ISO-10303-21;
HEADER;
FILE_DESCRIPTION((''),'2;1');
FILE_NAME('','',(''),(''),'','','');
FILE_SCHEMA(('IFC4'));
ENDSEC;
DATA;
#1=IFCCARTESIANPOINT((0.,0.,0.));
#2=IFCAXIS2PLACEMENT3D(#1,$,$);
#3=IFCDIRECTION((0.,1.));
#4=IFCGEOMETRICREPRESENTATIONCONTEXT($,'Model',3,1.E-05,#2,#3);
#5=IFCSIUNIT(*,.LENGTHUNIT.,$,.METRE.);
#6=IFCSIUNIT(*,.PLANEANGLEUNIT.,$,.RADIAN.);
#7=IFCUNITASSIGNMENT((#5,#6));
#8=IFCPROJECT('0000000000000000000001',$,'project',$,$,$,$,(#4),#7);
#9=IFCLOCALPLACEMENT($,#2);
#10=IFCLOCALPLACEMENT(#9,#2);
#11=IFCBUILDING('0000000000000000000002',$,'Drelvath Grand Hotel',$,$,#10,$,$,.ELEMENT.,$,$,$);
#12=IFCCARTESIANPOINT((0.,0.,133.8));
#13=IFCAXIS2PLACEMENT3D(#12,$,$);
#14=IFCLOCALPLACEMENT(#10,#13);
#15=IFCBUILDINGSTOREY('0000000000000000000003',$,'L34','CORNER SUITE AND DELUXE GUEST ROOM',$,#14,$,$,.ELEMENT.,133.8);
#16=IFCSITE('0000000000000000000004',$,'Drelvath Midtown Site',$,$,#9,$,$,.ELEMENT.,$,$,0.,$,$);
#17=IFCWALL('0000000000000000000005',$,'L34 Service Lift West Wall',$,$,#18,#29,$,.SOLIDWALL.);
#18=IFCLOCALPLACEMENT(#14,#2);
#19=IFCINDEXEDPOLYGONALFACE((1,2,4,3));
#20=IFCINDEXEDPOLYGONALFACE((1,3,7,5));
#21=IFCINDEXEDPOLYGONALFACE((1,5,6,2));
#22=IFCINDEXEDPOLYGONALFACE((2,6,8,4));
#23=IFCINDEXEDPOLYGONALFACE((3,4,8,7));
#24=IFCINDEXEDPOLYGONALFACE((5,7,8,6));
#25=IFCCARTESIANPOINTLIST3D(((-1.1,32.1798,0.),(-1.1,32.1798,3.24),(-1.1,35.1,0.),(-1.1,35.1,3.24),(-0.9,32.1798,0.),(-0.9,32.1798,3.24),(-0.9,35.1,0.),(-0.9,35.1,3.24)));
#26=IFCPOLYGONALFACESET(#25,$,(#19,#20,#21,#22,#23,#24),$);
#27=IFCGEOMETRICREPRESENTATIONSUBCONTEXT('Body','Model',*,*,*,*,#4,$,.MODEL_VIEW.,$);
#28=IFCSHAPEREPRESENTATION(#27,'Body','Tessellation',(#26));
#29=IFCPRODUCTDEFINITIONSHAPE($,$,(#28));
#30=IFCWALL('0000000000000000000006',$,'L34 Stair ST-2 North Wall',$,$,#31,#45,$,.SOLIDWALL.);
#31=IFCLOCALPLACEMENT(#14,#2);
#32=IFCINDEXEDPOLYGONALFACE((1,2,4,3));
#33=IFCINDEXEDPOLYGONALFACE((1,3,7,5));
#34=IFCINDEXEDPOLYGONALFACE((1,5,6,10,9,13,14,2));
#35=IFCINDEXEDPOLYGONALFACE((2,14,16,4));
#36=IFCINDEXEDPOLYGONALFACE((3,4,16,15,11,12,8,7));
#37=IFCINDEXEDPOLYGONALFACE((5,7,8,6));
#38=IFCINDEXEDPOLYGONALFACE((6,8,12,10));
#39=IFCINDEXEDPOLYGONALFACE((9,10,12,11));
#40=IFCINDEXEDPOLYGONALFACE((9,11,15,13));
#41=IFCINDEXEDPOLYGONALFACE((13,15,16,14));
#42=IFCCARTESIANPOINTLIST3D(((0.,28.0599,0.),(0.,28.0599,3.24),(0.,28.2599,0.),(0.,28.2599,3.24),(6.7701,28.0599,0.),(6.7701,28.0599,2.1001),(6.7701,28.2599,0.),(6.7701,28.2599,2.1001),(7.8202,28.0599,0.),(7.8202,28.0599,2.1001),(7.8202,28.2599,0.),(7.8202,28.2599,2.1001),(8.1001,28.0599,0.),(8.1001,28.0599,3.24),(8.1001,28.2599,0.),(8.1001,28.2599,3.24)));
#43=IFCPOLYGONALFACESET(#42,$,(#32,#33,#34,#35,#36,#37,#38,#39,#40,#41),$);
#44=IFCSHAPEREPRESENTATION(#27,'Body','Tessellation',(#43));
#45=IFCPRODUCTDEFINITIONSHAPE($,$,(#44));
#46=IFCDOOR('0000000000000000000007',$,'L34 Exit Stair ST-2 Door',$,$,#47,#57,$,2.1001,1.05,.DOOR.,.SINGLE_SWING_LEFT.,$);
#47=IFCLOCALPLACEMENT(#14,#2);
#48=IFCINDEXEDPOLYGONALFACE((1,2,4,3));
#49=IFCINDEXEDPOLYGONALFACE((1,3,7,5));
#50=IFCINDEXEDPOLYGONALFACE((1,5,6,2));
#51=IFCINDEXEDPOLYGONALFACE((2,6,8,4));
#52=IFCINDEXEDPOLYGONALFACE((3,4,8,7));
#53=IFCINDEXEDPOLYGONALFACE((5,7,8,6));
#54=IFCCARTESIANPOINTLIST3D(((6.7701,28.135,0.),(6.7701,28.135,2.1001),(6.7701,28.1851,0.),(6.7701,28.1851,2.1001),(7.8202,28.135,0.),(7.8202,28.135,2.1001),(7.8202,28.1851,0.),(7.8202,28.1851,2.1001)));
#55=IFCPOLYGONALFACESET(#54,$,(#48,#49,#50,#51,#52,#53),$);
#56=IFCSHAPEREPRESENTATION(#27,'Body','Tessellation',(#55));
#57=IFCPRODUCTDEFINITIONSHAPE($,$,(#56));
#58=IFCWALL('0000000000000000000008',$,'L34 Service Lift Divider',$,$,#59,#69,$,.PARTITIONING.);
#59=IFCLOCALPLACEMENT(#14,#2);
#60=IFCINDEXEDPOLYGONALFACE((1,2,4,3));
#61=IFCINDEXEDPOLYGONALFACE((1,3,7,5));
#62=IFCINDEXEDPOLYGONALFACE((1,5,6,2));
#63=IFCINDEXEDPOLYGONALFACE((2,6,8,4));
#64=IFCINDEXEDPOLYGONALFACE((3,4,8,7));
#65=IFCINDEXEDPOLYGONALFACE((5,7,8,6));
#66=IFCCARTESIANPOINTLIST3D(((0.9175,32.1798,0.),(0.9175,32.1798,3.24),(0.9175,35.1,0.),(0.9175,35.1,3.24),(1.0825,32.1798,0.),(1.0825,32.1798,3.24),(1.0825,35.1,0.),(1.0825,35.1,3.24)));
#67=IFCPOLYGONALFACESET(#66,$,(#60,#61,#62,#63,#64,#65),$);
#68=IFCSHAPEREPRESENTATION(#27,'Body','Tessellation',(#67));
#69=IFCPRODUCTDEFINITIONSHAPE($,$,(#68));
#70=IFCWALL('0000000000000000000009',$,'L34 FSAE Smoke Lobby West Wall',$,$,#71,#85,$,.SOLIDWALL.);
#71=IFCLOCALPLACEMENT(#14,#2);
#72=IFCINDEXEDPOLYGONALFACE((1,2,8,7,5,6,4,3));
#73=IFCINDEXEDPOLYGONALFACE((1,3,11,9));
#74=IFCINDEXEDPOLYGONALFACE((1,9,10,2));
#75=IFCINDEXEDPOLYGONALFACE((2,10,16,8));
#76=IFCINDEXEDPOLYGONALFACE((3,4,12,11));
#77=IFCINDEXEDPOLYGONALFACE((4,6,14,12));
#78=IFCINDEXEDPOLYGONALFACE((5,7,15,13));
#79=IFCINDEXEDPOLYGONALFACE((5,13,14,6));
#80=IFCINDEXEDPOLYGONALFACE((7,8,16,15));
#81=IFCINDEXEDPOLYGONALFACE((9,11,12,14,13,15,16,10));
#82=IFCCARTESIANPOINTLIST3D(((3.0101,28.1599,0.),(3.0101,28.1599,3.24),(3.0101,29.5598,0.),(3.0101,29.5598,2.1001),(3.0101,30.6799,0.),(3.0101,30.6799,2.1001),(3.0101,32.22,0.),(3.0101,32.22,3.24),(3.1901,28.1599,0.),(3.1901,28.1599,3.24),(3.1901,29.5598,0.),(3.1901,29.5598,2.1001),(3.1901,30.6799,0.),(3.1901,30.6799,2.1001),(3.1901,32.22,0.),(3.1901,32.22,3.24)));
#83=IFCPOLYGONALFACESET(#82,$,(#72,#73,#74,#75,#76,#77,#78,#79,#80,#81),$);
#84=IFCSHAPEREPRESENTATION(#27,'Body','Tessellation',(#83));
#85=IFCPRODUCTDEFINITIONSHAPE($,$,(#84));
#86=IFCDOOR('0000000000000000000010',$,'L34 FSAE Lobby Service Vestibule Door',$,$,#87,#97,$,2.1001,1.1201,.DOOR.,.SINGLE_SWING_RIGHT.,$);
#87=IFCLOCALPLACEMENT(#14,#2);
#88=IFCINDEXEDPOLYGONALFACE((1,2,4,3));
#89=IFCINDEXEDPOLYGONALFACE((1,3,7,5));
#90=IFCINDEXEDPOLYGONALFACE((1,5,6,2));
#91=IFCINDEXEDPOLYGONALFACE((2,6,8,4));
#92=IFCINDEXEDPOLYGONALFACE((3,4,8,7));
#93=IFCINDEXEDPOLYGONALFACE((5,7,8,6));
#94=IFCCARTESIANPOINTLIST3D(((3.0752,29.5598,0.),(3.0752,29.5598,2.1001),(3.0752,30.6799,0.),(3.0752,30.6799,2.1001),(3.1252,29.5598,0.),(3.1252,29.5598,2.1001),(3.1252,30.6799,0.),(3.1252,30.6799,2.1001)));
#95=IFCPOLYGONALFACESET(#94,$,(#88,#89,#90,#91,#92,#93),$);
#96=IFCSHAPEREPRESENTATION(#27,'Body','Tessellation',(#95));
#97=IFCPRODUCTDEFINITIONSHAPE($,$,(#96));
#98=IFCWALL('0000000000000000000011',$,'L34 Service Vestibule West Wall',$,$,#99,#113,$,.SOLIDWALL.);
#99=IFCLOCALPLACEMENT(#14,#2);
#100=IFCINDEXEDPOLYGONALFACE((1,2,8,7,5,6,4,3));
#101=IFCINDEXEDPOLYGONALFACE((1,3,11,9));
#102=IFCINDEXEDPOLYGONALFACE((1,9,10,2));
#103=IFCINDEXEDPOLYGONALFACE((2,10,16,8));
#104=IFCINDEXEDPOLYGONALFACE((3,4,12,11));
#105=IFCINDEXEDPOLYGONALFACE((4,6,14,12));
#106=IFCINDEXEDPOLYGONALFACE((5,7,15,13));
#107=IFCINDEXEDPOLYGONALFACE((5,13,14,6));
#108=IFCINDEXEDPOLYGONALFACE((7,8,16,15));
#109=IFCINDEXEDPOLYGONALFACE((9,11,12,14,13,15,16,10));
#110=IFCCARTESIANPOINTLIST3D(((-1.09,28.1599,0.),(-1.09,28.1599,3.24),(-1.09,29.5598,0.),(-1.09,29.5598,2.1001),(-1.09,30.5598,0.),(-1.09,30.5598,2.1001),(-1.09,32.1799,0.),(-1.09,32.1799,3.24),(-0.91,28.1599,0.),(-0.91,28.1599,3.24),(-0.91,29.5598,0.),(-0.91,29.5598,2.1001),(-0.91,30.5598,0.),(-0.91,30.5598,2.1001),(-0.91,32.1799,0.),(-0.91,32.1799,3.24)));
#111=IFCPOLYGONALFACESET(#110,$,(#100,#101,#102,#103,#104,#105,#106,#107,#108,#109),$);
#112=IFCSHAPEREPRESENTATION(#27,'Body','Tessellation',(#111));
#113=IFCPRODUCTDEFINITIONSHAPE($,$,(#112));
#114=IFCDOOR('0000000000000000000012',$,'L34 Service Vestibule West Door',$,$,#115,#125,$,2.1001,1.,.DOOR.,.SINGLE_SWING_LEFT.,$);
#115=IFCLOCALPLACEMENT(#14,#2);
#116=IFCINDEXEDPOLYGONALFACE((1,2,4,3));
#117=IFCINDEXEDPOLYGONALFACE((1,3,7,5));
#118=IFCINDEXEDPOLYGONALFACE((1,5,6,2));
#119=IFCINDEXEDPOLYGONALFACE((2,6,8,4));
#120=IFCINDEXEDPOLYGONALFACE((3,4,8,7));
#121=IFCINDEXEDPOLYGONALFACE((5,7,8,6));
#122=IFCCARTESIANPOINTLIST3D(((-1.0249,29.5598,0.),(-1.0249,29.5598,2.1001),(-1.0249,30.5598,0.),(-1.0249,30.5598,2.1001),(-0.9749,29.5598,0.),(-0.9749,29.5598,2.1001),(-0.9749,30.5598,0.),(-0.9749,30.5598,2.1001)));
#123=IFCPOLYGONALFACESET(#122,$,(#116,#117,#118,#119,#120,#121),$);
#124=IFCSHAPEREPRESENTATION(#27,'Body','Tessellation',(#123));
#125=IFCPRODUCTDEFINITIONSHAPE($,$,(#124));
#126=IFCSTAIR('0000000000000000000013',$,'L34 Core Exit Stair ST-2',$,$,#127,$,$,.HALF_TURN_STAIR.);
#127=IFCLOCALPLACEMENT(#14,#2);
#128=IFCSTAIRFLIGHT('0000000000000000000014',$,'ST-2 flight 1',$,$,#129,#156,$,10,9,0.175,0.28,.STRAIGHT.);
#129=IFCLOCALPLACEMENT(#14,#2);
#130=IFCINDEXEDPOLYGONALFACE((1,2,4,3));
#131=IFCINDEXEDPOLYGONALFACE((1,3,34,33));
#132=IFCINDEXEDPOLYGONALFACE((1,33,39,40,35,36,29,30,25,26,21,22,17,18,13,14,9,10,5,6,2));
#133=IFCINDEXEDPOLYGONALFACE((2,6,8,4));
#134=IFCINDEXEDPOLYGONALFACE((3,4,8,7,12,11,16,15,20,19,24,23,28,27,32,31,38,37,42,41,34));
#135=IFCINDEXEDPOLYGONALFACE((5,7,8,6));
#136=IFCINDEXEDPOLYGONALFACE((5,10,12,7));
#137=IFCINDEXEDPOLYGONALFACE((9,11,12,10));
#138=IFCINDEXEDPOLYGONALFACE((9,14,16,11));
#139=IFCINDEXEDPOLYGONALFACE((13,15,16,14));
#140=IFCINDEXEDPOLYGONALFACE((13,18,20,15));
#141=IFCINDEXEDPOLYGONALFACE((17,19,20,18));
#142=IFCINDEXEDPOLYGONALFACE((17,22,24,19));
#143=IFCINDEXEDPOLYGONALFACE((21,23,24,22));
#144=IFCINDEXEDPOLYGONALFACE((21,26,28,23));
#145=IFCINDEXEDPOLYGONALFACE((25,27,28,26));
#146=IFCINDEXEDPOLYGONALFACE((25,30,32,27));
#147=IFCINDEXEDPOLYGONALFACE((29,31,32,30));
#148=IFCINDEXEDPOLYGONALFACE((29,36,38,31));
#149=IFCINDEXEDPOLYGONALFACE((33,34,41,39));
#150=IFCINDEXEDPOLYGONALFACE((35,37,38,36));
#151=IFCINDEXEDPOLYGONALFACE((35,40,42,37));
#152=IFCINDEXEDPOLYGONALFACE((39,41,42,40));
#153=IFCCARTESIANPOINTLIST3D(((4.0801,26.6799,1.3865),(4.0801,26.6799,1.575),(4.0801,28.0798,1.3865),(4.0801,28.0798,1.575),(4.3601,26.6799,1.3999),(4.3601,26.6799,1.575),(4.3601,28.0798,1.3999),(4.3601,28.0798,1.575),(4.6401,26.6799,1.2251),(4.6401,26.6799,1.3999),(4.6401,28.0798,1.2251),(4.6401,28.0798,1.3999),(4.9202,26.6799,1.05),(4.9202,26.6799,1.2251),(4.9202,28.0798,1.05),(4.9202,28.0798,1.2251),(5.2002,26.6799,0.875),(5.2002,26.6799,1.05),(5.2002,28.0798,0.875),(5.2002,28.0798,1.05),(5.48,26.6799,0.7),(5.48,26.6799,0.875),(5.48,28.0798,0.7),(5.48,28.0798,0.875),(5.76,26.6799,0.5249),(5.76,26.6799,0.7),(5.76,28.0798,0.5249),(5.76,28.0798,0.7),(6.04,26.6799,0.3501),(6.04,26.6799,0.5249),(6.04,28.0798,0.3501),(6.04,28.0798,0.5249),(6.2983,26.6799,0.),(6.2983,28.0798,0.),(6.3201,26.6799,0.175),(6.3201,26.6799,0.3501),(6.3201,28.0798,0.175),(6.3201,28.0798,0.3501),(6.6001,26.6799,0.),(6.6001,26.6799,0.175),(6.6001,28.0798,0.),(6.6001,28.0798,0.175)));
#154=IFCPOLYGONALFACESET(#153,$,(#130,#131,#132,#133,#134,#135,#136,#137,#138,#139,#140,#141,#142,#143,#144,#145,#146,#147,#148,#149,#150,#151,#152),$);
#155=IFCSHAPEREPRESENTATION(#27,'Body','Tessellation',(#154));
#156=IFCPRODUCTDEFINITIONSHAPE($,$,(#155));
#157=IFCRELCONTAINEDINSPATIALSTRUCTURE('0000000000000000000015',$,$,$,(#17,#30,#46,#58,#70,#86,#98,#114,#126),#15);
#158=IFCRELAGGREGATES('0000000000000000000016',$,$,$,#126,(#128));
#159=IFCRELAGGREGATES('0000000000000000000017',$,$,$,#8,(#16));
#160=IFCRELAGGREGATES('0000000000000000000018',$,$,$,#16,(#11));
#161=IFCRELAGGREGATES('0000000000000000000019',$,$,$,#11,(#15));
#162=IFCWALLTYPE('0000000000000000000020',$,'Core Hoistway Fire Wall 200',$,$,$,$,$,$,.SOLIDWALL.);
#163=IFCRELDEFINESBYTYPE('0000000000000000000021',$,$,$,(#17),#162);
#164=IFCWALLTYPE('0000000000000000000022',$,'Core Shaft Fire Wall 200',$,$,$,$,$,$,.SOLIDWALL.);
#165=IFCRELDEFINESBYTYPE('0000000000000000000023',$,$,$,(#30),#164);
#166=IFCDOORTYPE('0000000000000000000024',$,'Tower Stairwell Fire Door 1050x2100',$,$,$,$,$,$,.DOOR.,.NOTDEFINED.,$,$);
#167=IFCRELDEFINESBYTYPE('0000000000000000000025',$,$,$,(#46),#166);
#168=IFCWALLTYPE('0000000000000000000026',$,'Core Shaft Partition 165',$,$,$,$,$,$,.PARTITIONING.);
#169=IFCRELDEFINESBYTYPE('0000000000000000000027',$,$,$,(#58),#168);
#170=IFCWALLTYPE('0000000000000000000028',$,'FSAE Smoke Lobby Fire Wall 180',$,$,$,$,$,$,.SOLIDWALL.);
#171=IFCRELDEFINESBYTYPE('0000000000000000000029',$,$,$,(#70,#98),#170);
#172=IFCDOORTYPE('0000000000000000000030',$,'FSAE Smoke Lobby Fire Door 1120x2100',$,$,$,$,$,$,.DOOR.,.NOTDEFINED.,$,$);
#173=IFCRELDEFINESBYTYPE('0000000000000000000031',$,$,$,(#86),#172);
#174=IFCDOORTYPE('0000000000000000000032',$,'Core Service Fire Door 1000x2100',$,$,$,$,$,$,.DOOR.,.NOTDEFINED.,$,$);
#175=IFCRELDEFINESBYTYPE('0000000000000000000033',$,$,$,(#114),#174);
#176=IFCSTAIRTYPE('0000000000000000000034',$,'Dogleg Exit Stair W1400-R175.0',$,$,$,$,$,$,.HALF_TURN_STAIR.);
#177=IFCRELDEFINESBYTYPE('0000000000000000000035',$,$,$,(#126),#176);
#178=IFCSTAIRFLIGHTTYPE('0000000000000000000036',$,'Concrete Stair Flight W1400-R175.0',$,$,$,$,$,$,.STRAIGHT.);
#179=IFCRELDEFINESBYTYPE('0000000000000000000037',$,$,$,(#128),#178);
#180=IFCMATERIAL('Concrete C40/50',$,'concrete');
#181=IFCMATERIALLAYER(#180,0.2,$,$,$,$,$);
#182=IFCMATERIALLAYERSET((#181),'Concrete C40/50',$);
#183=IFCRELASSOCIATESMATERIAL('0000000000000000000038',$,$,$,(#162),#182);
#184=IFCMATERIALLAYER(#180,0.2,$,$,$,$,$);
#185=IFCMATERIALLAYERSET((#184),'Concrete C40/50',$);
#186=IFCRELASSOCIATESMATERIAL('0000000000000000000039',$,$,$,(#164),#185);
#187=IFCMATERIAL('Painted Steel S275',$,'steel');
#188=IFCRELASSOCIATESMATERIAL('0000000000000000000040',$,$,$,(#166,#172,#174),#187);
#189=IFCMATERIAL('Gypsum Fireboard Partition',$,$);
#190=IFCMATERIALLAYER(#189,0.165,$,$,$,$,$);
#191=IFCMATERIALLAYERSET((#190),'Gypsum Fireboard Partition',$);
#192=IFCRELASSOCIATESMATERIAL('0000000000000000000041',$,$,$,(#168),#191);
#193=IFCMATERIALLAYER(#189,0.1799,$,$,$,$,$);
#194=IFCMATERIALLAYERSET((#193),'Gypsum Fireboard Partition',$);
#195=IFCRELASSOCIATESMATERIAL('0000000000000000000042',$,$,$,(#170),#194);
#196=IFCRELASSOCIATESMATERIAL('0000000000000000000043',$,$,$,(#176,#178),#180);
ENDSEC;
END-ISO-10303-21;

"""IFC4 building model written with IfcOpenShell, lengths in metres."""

from ifc_helpers import new_model, si_unit, direction, frame, frame_2d, origin, place, context, subcontext, project, spatial, polyline, rectangle, outline, extrude, material, layer, layer_set, type_object, element, fill, aggregate, save


model = new_model("IFC4")

# Units and contexts
model_context = context("Model", 3, precision=1e-05, world=origin(), true_north=direction((0.0, 1.0)))
body_context = subcontext(model_context, "Body", "Model", "MODEL_VIEW")
ifc_project = project(units=[si_unit("LENGTHUNIT", "METRE"), si_unit("PLANEANGLEUNIT", "RADIAN")], contexts=[model_context])

# Site, building, storey
site_placement = place(None, origin())
site = spatial("IfcSite", under=ifc_project, at=site_placement, Name="Drelvath Midtown Site", CompositionType="ELEMENT", RefElevation=0.0)
building_placement = place(site_placement, origin())
building = spatial("IfcBuilding", under=site, at=building_placement, Name="Drelvath Grand Hotel", CompositionType="ELEMENT")
storey_placement = place(building_placement, frame((0.0, 0.0, 133.8)))
storey = spatial("IfcBuildingStorey", under=building, at=storey_placement, Name="L34", Description="CORNER SUITE AND DELUXE GUEST ROOM", CompositionType="ELEMENT", Elevation=133.8)

# Shared definitions
ifc_material_1 = material(Name="Concrete C40/50", Category="concrete")
ifc_layer_1 = layer(ifc_material_1, 0.2)
ifc_layer_set_1 = layer_set([ifc_layer_1], Name="Concrete C40/50")
wall_type_1 = type_object("IfcWallType", Name="Core Hoistway Fire Wall 200", PredefinedType="SOLIDWALL", material=ifc_layer_set_1)

# Wall
wall_1_placement = place(storey_placement, frame((-1.0, 32.1799, 0.0), z_axis=(0.0, 0.0, 1.0), x_axis=(0.0, 1.0, 0.0)))
element("IfcWall", 1, at=wall_1_placement, inside=storey, type_object=wall_type_1, Name="L34 Service Lift West Wall", PredefinedType="SOLIDWALL", context=body_context, shape_type="SweptSolid", body=[
    extrude(rectangle(XDim=2.9202, YDim=0.2, at=frame_2d((1.46, 0.0))), origin(), (0.0, 0.0, 1.0), 3.24),
])

# Wall, opening, door
ifc_layer_2 = layer(ifc_material_1, 0.2)
ifc_layer_set_2 = layer_set([ifc_layer_2], Name="Concrete C40/50")
wall_type_2 = type_object("IfcWallType", Name="Core Shaft Fire Wall 200", PredefinedType="SOLIDWALL", material=ifc_layer_set_2)
wall_2_placement = place(storey_placement, frame((8.1001, 28.1599, 0.0), z_axis=(0.0, 0.0, 1.0), x_axis=(-1.0, 0.0, 0.0)))
wall_2 = element("IfcWall", 2, at=wall_2_placement, inside=storey, type_object=wall_type_2, Name="L34 Stair ST-2 North Wall", PredefinedType="SOLIDWALL", context=body_context, shape_type="SweptSolid", body=[
    extrude(rectangle(XDim=8.1001, YDim=0.2, at=frame_2d((4.05, 0.0))), origin(), (0.0, 0.0, 1.0), 3.24),
])
opening_1_placement = place(wall_2_placement, frame((0.28, 0.0, 0.0)))
opening_1 = element("IfcOpeningElement", 3, at=opening_1_placement, cuts=wall_2, PredefinedType="OPENING", context=body_context, shape_type="SweptSolid", body=[
    extrude(rectangle(XDim=1.05, YDim=2.1001, at=frame_2d((0.5249, 1.05))), frame((0.0, 0.1099, 0.0), z_axis=(0.0, -1.0, 0.0), x_axis=(1.0, 0.0, 0.0)), (0.0, 0.0, 1.0), 0.22),
])
ifc_material_2 = material(Name="Painted Steel S275", Category="steel")
door_type_1 = type_object("IfcDoorType", Name="Tower Stairwell Fire Door 1050x2100", OperationType="NOTDEFINED", PredefinedType="DOOR", material=ifc_material_2)
door_1_placement = place(opening_1_placement, origin())
door_1 = element("IfcDoor", 4, at=door_1_placement, inside=storey, type_object=door_type_1, Name="L34 Exit Stair ST-2 Door", OperationType="SINGLE_SWING_LEFT", OverallHeight=2.1001, OverallWidth=1.05, PredefinedType="DOOR", context=body_context, shape_type="SweptSolid", body=[
    extrude(rectangle(XDim=1.05, YDim=2.1001, at=frame_2d((0.5249, 1.05))), frame((0.0, 0.0249, 0.0), z_axis=(0.0, -1.0, 0.0), x_axis=(1.0, 0.0, 0.0)), (0.0, 0.0, 1.0), 0.05),
])
fill(opening_1, door_1)

# Wall
ifc_material_3 = material(Name="Gypsum Fireboard Partition")
ifc_layer_3 = layer(ifc_material_3, 0.165)
ifc_layer_set_3 = layer_set([ifc_layer_3], Name="Gypsum Fireboard Partition")
wall_type_3 = type_object("IfcWallType", Name="Core Shaft Partition 165", PredefinedType="PARTITIONING", material=ifc_layer_set_3)
wall_3_placement = place(storey_placement, frame((1.0, 32.1799, 0.0), z_axis=(0.0, 0.0, 1.0), x_axis=(0.0, 1.0, 0.0)))
element("IfcWall", 5, at=wall_3_placement, inside=storey, type_object=wall_type_3, Name="L34 Service Lift Divider", PredefinedType="PARTITIONING", context=body_context, shape_type="SweptSolid", body=[
    extrude(rectangle(XDim=2.9202, YDim=0.165, at=frame_2d((1.46, 0.0))), origin(), (0.0, 0.0, 1.0), 3.24),
])

# Walls, openings, doors
ifc_layer_4 = layer(ifc_material_3, 0.1799)
ifc_layer_set_4 = layer_set([ifc_layer_4], Name="Gypsum Fireboard Partition")
wall_type_4 = type_object("IfcWallType", Name="FSAE Smoke Lobby Fire Wall 180", PredefinedType="SOLIDWALL", material=ifc_layer_set_4)
wall_4_placement = place(storey_placement, frame((3.1001, 28.1599, 0.0), z_axis=(0.0, 0.0, 1.0), x_axis=(0.0, 1.0, 0.0)))
wall_4 = element("IfcWall", 6, at=wall_4_placement, inside=storey, type_object=wall_type_4, Name="L34 FSAE Smoke Lobby West Wall", PredefinedType="SOLIDWALL", context=body_context, shape_type="SweptSolid", body=[
    extrude(rectangle(XDim=4.0601, YDim=0.1799, at=frame_2d((2.03, 0.0))), origin(), (0.0, 0.0, 1.0), 3.24),
])
opening_2_placement = place(wall_4_placement, frame((1.3999, 0.0, 0.0)))
opening_2 = element("IfcOpeningElement", 7, at=opening_2_placement, cuts=wall_4, PredefinedType="OPENING", context=body_context, shape_type="SweptSolid", body=[
    extrude(rectangle(XDim=1.1201, YDim=2.1001, at=frame_2d((0.5601, 1.05))), frame((0.0, 0.0999, 0.0), z_axis=(0.0, -1.0, 0.0), x_axis=(1.0, 0.0, 0.0)), (0.0, 0.0, 1.0), 0.2),
])
door_type_2 = type_object("IfcDoorType", Name="FSAE Smoke Lobby Fire Door 1120x2100", OperationType="NOTDEFINED", PredefinedType="DOOR", material=ifc_material_2)
door_2_placement = place(opening_2_placement, origin())
door_2 = element("IfcDoor", 8, at=door_2_placement, inside=storey, type_object=door_type_2, Name="L34 FSAE Lobby Service Vestibule Door", OperationType="SINGLE_SWING_RIGHT", OverallHeight=2.1001, OverallWidth=1.1201, PredefinedType="DOOR", context=body_context, shape_type="SweptSolid", body=[
    extrude(rectangle(XDim=1.1201, YDim=2.1001, at=frame_2d((0.5601, 1.05))), frame((0.0, 0.0249, 0.0), z_axis=(0.0, -1.0, 0.0), x_axis=(1.0, 0.0, 0.0)), (0.0, 0.0, 1.0), 0.05),
])
fill(opening_2, door_2)
wall_5_placement = place(storey_placement, frame((-1.0, 28.1599, 0.0), z_axis=(0.0, 0.0, 1.0), x_axis=(0.0, 1.0, 0.0)))
wall_5 = element("IfcWall", 9, at=wall_5_placement, inside=storey, type_object=wall_type_4, Name="L34 Service Vestibule West Wall", PredefinedType="SOLIDWALL", context=body_context, shape_type="SweptSolid", body=[
    extrude(rectangle(XDim=4.02, YDim=0.1799, at=frame_2d((2.01, 0.0))), origin(), (0.0, 0.0, 1.0), 3.24),
])
opening_3_placement = place(wall_5_placement, frame((1.3999, 0.0, 0.0)))
opening_3 = element("IfcOpeningElement", 10, at=opening_3_placement, cuts=wall_5, PredefinedType="OPENING", context=body_context, shape_type="SweptSolid", body=[
    extrude(rectangle(XDim=1.0, YDim=2.1001, at=frame_2d((0.5, 1.05))), frame((0.0, 0.0999, 0.0), z_axis=(0.0, -1.0, 0.0), x_axis=(1.0, 0.0, 0.0)), (0.0, 0.0, 1.0), 0.2),
])
door_type_3 = type_object("IfcDoorType", Name="Core Service Fire Door 1000x2100", OperationType="NOTDEFINED", PredefinedType="DOOR", material=ifc_material_2)
door_3_placement = place(opening_3_placement, origin())
door_3 = element("IfcDoor", 11, at=door_3_placement, inside=storey, type_object=door_type_3, Name="L34 Service Vestibule West Door", OperationType="SINGLE_SWING_LEFT", OverallHeight=2.1001, OverallWidth=1.0, PredefinedType="DOOR", context=body_context, shape_type="SweptSolid", body=[
    extrude(rectangle(XDim=1.0, YDim=2.1001, at=frame_2d((0.5, 1.05))), frame((0.0, 0.0249, 0.0), z_axis=(0.0, -1.0, 0.0), x_axis=(1.0, 0.0, 0.0)), (0.0, 0.0, 1.0), 0.05),
])
fill(opening_3, door_3)

# Stair, stair flight
stair_type = type_object("IfcStairType", Name="Dogleg Exit Stair W1400-R175.0", PredefinedType="HALF_TURN_STAIR", material=ifc_material_1)
stair_placement = place(storey_placement, origin())
stair = element("IfcStair", 12, at=stair_placement, inside=storey, type_object=stair_type, Name="L34 Core Exit Stair ST-2", PredefinedType="HALF_TURN_STAIR")
stair_flight_type = type_object("IfcStairFlightType", Name="Concrete Stair Flight W1400-R175.0", PredefinedType="STRAIGHT", material=ifc_material_1)
stair_flight_placement = place(storey_placement, frame((6.6001, 27.3799, 0.0), z_axis=(0.0, 0.0, 1.0), x_axis=(-1.0, 0.0, 0.0)))
stair_flight = element("IfcStairFlight", 13, at=stair_flight_placement, type_object=stair_flight_type, Name="ST-2 flight 1", NumberOfRisers=10, NumberOfTreads=9, PredefinedType="STRAIGHT", RiserHeight=0.175, TreadLength=0.28, context=body_context, shape_type="SweptSolid", body=[
    extrude(outline(polyline([(0.0, 0.0), (0.0, 0.175), (0.28, 0.175), (0.28, 0.3501), (0.5601, 0.3501), (0.5601, 0.5249), (0.8401, 0.5249), (0.8401, 0.7), (1.1201, 0.7), (1.1201, 0.875), (1.3999, 0.875), (1.3999, 1.05), (1.6799, 1.05), (1.6799, 1.2251), (1.96, 1.2251), (1.96, 1.3999), (2.24, 1.3999), (2.24, 1.575), (2.52, 1.575), (2.52, 1.75), (2.52, 1.3865), (0.3018, 0.0), (0.0, 0.0)])), frame((0.0, 0.7, 0.0), z_axis=(0.0, -1.0, 0.0), x_axis=(1.0, 0.0, 0.0)), (0.0, 0.0, 1.0), 1.3999),
])
aggregate(stair, [stair_flight])

save(model, "model.ifc")
